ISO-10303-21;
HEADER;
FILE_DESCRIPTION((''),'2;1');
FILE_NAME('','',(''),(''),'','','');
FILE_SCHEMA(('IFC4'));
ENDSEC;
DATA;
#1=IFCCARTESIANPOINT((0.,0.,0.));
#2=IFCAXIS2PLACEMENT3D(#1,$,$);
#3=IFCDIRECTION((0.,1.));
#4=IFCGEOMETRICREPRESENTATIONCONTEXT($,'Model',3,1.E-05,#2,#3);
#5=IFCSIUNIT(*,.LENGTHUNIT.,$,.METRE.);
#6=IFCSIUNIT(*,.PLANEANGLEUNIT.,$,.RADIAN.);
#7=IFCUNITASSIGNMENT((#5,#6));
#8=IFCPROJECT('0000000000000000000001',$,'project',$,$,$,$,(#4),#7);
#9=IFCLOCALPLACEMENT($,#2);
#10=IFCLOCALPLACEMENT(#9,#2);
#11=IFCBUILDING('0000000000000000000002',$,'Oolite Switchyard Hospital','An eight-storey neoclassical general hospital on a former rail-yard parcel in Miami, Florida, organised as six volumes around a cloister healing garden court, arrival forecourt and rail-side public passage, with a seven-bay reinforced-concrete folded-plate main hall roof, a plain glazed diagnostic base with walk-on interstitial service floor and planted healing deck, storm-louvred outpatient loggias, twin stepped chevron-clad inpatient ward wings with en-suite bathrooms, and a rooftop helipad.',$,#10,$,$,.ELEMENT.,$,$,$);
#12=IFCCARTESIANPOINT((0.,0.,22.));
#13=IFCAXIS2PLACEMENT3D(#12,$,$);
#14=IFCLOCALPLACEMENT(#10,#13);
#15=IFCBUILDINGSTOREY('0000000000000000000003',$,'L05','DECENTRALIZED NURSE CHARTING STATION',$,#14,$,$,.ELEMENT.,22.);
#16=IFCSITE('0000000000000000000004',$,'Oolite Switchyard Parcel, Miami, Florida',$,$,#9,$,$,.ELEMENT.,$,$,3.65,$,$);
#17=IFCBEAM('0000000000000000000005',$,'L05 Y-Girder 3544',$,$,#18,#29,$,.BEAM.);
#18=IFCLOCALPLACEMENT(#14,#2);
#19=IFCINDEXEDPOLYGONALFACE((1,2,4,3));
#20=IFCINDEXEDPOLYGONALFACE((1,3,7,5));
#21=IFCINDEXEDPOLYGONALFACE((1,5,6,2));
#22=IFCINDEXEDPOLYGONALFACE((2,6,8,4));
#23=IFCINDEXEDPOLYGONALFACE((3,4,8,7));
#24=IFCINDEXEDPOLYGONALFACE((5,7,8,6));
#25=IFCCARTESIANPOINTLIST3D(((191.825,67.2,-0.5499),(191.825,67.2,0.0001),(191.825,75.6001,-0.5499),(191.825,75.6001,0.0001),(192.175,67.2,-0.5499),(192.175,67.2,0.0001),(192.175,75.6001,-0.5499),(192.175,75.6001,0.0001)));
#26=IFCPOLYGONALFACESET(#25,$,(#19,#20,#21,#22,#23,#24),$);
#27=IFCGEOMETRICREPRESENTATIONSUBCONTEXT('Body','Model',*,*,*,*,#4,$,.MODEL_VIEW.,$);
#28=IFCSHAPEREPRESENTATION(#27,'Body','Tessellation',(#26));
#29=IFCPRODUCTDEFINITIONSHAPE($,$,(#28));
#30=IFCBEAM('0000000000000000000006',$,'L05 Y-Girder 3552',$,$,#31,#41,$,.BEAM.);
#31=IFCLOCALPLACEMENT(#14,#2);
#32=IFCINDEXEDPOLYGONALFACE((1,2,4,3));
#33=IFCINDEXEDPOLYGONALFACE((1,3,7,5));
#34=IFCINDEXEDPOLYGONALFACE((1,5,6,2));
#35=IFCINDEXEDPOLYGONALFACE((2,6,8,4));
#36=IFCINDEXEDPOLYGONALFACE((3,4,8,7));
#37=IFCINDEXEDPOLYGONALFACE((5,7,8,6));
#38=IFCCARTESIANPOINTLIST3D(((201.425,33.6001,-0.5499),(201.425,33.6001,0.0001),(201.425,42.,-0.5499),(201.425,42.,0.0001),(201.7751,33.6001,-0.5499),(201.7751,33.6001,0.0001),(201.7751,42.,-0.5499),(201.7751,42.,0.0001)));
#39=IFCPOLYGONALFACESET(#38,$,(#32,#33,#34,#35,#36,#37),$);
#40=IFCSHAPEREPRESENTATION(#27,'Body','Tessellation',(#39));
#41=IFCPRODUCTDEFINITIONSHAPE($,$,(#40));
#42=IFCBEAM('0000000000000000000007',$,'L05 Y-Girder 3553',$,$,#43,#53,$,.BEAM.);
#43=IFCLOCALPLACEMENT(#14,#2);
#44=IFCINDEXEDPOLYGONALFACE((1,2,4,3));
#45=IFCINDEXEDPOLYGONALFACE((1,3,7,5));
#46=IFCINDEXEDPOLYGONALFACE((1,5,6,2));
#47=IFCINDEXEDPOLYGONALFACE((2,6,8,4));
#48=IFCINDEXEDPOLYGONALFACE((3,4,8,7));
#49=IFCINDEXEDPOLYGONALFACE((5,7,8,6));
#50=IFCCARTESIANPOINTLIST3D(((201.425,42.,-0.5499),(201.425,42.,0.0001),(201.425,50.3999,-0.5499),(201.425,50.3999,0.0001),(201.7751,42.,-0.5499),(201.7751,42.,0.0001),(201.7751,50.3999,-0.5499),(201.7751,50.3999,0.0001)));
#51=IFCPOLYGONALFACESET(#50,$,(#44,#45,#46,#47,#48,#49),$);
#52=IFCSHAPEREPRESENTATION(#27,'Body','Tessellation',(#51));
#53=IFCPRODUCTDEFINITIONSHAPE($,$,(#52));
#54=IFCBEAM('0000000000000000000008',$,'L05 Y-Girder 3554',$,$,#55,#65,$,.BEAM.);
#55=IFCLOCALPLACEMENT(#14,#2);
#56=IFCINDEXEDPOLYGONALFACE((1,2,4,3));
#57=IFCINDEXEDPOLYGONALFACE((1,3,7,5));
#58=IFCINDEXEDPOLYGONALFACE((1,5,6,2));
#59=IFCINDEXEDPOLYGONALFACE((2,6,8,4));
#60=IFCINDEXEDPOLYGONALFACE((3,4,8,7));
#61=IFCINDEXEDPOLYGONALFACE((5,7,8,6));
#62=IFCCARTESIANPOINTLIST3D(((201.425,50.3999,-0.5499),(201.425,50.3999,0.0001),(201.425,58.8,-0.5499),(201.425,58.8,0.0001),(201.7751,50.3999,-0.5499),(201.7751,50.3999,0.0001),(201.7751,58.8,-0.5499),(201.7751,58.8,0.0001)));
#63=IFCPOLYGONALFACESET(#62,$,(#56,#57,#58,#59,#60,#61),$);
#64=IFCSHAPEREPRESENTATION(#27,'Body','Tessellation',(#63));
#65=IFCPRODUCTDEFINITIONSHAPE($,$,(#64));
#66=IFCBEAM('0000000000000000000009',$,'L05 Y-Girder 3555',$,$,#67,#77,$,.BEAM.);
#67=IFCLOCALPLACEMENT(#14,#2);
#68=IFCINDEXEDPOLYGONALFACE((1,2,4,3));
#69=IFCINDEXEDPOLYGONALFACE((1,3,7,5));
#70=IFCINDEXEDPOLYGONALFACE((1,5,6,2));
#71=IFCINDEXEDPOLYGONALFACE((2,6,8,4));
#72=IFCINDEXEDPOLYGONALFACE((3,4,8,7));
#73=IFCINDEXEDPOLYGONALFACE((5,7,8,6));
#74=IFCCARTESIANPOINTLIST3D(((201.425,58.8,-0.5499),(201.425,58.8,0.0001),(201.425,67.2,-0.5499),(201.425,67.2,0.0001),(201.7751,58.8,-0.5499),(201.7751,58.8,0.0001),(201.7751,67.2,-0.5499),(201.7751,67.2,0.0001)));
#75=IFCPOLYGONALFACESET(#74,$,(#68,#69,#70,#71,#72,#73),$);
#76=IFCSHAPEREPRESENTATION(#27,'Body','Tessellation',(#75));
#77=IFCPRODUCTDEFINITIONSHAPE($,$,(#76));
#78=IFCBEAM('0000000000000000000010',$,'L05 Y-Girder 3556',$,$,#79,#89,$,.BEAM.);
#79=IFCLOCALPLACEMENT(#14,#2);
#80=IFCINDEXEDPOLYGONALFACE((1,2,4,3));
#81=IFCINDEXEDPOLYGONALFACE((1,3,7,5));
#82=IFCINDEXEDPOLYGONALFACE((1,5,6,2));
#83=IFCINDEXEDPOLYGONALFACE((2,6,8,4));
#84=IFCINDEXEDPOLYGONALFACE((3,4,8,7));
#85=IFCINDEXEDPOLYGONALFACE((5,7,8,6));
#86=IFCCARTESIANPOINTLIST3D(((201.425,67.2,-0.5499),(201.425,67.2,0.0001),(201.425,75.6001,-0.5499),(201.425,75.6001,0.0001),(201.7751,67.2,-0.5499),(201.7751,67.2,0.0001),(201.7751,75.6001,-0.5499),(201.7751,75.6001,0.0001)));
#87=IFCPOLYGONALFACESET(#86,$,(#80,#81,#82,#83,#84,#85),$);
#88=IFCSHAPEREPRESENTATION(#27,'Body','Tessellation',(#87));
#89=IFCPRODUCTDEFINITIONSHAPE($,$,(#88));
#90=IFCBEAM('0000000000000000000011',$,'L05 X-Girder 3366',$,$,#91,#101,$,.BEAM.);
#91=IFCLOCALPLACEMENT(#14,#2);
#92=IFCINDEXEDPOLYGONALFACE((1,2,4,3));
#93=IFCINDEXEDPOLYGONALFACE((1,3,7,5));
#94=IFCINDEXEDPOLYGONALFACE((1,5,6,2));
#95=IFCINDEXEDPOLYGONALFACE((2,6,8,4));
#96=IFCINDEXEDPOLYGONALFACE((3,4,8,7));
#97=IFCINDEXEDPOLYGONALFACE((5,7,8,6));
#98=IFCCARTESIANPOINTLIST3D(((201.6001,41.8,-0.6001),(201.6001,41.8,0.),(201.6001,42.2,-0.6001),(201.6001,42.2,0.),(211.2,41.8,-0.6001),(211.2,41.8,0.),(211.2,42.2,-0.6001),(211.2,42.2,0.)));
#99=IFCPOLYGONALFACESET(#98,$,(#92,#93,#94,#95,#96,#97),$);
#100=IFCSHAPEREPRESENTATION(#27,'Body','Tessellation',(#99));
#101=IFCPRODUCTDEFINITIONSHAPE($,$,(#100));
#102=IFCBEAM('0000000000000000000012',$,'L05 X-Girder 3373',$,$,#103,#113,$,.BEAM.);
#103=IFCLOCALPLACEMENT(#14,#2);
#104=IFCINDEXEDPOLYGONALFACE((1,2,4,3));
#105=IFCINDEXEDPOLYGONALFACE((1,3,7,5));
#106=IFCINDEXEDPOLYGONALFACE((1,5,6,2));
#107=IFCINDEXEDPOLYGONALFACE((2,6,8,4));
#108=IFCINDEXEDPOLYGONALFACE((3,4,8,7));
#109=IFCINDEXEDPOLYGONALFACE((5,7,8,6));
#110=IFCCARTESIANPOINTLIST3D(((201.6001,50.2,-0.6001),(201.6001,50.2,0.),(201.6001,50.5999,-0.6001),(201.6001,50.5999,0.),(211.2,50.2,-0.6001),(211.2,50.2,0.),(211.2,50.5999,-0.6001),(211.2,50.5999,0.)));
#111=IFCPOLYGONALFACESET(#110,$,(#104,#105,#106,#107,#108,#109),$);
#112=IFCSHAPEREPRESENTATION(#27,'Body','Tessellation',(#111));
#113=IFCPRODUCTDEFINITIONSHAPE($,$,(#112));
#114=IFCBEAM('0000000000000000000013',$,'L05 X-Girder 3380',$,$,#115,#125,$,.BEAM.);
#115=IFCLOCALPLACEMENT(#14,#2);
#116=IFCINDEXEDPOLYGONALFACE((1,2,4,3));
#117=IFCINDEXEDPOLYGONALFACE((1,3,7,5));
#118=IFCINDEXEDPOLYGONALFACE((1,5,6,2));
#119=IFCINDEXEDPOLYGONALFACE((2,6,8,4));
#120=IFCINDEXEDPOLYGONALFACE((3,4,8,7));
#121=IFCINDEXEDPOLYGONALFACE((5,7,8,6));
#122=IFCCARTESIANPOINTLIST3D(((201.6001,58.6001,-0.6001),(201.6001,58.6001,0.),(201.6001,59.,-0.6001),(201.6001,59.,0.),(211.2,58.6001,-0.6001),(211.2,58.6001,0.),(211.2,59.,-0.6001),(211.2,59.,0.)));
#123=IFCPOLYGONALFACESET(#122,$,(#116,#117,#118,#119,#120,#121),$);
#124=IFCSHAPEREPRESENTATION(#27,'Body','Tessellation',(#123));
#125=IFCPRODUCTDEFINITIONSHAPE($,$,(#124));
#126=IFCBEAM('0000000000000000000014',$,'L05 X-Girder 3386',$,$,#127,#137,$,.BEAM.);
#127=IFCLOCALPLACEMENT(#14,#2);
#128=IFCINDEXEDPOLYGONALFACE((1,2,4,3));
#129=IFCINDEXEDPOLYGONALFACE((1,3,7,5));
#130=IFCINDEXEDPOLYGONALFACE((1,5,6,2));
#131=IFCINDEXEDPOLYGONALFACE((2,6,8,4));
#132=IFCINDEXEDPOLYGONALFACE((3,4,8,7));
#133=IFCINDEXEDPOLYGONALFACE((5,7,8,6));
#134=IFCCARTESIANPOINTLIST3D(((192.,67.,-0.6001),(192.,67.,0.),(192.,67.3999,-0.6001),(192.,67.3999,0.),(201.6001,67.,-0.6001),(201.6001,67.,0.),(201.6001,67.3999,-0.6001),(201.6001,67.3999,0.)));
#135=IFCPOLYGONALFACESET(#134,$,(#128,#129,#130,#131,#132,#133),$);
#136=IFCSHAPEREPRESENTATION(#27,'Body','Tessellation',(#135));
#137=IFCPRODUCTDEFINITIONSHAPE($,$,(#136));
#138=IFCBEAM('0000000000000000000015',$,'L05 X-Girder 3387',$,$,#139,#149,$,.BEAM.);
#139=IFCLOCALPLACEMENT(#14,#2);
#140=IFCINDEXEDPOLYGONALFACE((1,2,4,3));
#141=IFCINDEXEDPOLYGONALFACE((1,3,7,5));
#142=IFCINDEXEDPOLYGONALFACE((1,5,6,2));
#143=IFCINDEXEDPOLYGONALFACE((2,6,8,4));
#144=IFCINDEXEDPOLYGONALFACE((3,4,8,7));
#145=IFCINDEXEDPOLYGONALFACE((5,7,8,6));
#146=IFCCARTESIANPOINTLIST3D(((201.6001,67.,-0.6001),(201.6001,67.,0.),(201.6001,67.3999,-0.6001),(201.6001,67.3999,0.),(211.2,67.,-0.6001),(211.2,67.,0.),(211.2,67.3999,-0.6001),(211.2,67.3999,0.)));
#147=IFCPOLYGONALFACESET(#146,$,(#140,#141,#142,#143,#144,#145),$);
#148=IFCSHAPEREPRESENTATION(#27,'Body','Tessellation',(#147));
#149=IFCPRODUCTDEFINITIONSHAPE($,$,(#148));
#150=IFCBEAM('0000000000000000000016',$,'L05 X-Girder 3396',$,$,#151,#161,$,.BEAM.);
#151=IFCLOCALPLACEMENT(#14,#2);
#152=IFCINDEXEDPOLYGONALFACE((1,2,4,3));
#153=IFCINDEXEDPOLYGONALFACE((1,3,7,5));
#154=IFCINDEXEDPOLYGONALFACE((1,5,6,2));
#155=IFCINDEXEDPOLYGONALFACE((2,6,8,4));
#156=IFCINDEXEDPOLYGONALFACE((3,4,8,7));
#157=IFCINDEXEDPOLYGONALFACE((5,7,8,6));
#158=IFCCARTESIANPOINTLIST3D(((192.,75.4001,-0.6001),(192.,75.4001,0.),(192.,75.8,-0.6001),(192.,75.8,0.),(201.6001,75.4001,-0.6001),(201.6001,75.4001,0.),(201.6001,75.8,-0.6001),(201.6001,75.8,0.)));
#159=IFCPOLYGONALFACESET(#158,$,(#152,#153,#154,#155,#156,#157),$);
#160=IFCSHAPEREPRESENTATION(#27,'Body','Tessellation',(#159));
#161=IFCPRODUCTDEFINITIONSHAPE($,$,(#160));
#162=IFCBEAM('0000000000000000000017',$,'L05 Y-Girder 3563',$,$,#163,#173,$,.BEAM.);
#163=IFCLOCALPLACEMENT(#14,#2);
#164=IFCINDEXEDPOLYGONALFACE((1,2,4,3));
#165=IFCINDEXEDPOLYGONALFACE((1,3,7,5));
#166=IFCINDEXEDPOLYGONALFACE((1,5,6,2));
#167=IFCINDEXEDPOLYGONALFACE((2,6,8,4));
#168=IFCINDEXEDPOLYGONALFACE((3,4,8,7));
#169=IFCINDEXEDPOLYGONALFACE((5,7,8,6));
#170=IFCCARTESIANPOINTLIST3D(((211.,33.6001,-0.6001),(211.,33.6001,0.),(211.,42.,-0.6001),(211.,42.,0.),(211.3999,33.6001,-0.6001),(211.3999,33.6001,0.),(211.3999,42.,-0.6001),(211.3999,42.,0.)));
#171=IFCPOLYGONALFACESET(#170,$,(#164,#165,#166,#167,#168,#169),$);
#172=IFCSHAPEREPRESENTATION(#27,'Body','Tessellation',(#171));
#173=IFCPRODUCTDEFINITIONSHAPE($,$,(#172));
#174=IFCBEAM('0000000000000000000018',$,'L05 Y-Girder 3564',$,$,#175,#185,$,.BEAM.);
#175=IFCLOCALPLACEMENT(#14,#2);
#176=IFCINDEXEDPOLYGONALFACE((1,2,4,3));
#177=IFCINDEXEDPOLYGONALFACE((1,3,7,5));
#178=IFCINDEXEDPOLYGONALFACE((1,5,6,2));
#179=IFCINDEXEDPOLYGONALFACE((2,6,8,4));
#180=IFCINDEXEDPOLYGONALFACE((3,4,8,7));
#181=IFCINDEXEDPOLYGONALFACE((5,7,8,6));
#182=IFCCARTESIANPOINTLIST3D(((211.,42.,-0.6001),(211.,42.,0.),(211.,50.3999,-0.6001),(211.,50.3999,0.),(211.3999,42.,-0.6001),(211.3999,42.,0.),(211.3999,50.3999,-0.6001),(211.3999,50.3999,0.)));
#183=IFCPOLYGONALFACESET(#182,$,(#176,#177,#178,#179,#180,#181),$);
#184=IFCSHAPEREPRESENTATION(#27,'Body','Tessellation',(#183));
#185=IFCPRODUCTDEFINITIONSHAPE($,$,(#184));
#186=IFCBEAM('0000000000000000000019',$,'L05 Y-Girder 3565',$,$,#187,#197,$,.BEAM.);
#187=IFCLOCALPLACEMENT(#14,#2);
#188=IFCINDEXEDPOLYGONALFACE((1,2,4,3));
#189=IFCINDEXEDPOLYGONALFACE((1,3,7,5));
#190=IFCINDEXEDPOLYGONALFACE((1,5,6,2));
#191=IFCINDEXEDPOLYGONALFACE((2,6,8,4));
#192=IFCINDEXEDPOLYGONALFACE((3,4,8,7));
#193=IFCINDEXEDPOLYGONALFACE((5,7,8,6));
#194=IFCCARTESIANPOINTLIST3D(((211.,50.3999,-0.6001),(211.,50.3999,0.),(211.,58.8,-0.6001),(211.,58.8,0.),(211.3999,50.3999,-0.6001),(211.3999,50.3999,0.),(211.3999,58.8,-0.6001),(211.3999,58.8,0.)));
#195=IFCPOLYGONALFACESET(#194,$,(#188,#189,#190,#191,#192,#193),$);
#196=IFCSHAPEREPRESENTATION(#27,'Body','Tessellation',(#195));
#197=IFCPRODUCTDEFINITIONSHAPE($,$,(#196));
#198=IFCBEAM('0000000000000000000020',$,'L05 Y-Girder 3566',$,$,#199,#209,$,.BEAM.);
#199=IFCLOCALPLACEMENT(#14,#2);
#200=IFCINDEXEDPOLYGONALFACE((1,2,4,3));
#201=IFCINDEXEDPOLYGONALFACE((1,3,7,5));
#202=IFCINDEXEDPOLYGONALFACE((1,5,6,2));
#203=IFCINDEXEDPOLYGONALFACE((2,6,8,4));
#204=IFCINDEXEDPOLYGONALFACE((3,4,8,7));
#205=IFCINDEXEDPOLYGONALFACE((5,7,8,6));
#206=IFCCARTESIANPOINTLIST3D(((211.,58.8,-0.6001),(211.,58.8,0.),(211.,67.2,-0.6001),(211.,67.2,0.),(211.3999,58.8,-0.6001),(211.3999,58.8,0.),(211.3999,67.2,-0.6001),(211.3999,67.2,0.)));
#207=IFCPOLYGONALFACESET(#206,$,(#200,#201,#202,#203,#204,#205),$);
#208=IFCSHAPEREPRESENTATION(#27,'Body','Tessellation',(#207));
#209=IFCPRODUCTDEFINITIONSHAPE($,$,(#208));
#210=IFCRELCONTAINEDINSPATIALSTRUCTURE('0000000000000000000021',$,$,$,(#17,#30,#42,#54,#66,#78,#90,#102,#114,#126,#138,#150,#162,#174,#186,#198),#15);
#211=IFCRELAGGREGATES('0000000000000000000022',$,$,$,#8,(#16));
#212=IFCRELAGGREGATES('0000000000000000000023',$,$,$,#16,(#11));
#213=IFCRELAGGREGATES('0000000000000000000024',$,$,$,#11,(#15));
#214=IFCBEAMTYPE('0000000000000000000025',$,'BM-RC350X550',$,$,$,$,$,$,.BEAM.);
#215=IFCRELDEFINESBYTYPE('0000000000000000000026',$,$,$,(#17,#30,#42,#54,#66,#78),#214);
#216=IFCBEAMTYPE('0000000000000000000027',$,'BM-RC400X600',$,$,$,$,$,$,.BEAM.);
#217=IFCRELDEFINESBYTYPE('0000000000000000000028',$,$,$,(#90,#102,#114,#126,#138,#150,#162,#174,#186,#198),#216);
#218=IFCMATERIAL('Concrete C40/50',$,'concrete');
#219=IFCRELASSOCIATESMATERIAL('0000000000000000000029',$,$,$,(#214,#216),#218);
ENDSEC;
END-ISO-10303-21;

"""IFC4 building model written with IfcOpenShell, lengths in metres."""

from ifc_helpers import new_model, si_unit, direction, frame, origin, origin_2d, place, context, subcontext, project, spatial, rectangle, extrude, material, material_profile, profile_set, type_object, element, save


model = new_model("IFC4")

# Units and contexts
model_context = context("Model", 3, precision=1e-05, world=origin(), true_north=direction((0.0, 1.0)))
body_context = subcontext(model_context, "Body", "Model", "MODEL_VIEW")
ifc_project = project(units=[si_unit("LENGTHUNIT", "METRE"), si_unit("PLANEANGLEUNIT", "RADIAN")], contexts=[model_context])

# Site, building, storey
site_placement = place(None, origin())
site = spatial("IfcSite", under=ifc_project, at=site_placement, Name="Oolite Switchyard Parcel, Miami, Florida", CompositionType="ELEMENT", RefElevation=3.65)
building_placement = place(site_placement, origin())
building = spatial("IfcBuilding", under=site, at=building_placement, Name="Oolite Switchyard Hospital", Description="An eight-storey neoclassical general hospital on a former rail-yard parcel in Miami, Florida, organised as six volumes around a cloister healing garden court, arrival forecourt and rail-side public passage, with a seven-bay reinforced-concrete folded-plate main hall roof, a plain glazed diagnostic base with walk-on interstitial service floor and planted healing deck, storm-louvred outpatient loggias, twin stepped chevron-clad inpatient ward wings with en-suite bathrooms, and a rooftop helipad.", CompositionType="ELEMENT")
storey_placement = place(building_placement, frame((0.0, 0.0, 22.0)))
storey = spatial("IfcBuildingStorey", under=building, at=storey_placement, Name="L05", Description="DECENTRALIZED NURSE CHARTING STATION", CompositionType="ELEMENT", Elevation=22.0)

# Beams
ifc_material_1 = material(Name="Concrete C40/50", Category="concrete")
ifc_material_profile_1 = material_profile(ifc_material_1, rectangle(XDim=0.3501, YDim=0.55, at=origin_2d()), Name="RCB350X550")
ifc_profile_set_1 = profile_set([ifc_material_profile_1], Name="Concrete C40/50")
beam_type_1 = type_object("IfcBeamType", Name="BM-RC350X550", PredefinedType="BEAM", material=ifc_profile_set_1)
beam_1_placement = place(storey_placement, frame((192.0, 67.2, -0.2749), z_axis=(0.0, 1.0, 0.0), x_axis=(-1.0, 0.0, 0.0)))
element("IfcBeam", 1, at=beam_1_placement, inside=storey, type_object=beam_type_1, Name="L05 Y-Girder 3544", PredefinedType="BEAM", context=body_context, shape_type="SweptSolid", body=[
    extrude(rectangle(XDim=0.3501, YDim=0.55, at=origin_2d()), origin(), (0.0, 0.0, 1.0), 8.4001),
])
for number, where, z_axis, x_axis, name in (
    (2, (201.6001, 33.6001, -0.2749), (0.0, 1.0, 0.0), (-1.0, 0.0, 0.0), "L05 Y-Girder 3552"),
    (3, (201.6001, 42.0, -0.2749), (0.0, 1.0, 0.0), (-1.0, 0.0, 0.0), "L05 Y-Girder 3553"),
):
    element("IfcBeam", number, at=place(storey_placement, frame(where, z_axis=z_axis, x_axis=x_axis)), inside=storey, type_object=beam_type_1, Name=name, PredefinedType="BEAM", context=body_context, shape_type="SweptSolid", body=[
        extrude(rectangle(XDim=0.3501, YDim=0.55, at=origin_2d()), origin(), (0.0, 0.0, 1.0), 8.3999),
    ])
beam_2_placement = place(storey_placement, frame((201.6001, 50.3999, -0.2749), z_axis=(0.0, 1.0, 0.0), x_axis=(-1.0, 0.0, 0.0)))
element("IfcBeam", 4, at=beam_2_placement, inside=storey, type_object=beam_type_1, Name="L05 Y-Girder 3554", PredefinedType="BEAM", context=body_context, shape_type="SweptSolid", body=[
    extrude(rectangle(XDim=0.3501, YDim=0.55, at=origin_2d()), origin(), (0.0, 0.0, 1.0), 8.4001),
])
beam_3_placement = place(storey_placement, frame((201.6001, 58.8, -0.2749), z_axis=(0.0, 1.0, 0.0), x_axis=(-1.0, 0.0, 0.0)))
element("IfcBeam", 5, at=beam_3_placement, inside=storey, type_object=beam_type_1, Name="L05 Y-Girder 3555", PredefinedType="BEAM", context=body_context, shape_type="SweptSolid", body=[
    extrude(rectangle(XDim=0.3501, YDim=0.55, at=origin_2d()), origin(), (0.0, 0.0, 1.0), 8.3999),
])
beam_4_placement = place(storey_placement, frame((201.6001, 67.2, -0.2749), z_axis=(0.0, 1.0, 0.0), x_axis=(-1.0, 0.0, 0.0)))
element("IfcBeam", 6, at=beam_4_placement, inside=storey, type_object=beam_type_1, Name="L05 Y-Girder 3556", PredefinedType="BEAM", context=body_context, shape_type="SweptSolid", body=[
    extrude(rectangle(XDim=0.3501, YDim=0.55, at=origin_2d()), origin(), (0.0, 0.0, 1.0), 8.4001),
])
ifc_material_profile_2 = material_profile(ifc_material_1, rectangle(XDim=0.3999, YDim=0.6001, at=origin_2d()), Name="RCB400X600")
ifc_profile_set_2 = profile_set([ifc_material_profile_2], Name="Concrete C40/50")
beam_type_2 = type_object("IfcBeamType", Name="BM-RC400X600", PredefinedType="BEAM", material=ifc_profile_set_2)
for number, where, z_axis, x_axis, name in (
    (7, (201.6001, 42.0, -0.3), (1.0, 0.0, 0.0), (0.0, 1.0, 0.0), "L05 X-Girder 3366"),
    (8, (201.6001, 50.3999, -0.3), (1.0, 0.0, 0.0), (0.0, 1.0, 0.0), "L05 X-Girder 3373"),
    (9, (201.6001, 58.8, -0.3), (1.0, 0.0, 0.0), (0.0, 1.0, 0.0), "L05 X-Girder 3380"),
):
    element("IfcBeam", number, at=place(storey_placement, frame(where, z_axis=z_axis, x_axis=x_axis)), inside=storey, type_object=beam_type_2, Name=name, PredefinedType="BEAM", context=body_context, shape_type="SweptSolid", body=[
        extrude(rectangle(XDim=0.3999, YDim=0.6001, at=origin_2d()), origin(), (0.0, 0.0, 1.0), 9.5999),
    ])
beam_5_placement = place(storey_placement, frame((192.0, 67.2, -0.3), z_axis=(1.0, 0.0, 0.0), x_axis=(0.0, 1.0, 0.0)))
element("IfcBeam", 10, at=beam_5_placement, inside=storey, type_object=beam_type_2, Name="L05 X-Girder 3386", PredefinedType="BEAM", context=body_context, shape_type="SweptSolid", body=[
    extrude(rectangle(XDim=0.3999, YDim=0.6001, at=origin_2d()), origin(), (0.0, 0.0, 1.0), 9.6001),
])
beam_6_placement = place(storey_placement, frame((201.6001, 67.2, -0.3), z_axis=(1.0, 0.0, 0.0), x_axis=(0.0, 1.0, 0.0)))
element("IfcBeam", 11, at=beam_6_placement, inside=storey, type_object=beam_type_2, Name="L05 X-Girder 3387", PredefinedType="BEAM", context=body_context, shape_type="SweptSolid", body=[
    extrude(rectangle(XDim=0.3999, YDim=0.6001, at=origin_2d()), origin(), (0.0, 0.0, 1.0), 9.5999),
])
beam_7_placement = place(storey_placement, frame((192.0, 75.6001, -0.3), z_axis=(1.0, 0.0, 0.0), x_axis=(0.0, 1.0, 0.0)))
element("IfcBeam", 12, at=beam_7_placement, inside=storey, type_object=beam_type_2, Name="L05 X-Girder 3396", PredefinedType="BEAM", context=body_context, shape_type="SweptSolid", body=[
    extrude(rectangle(XDim=0.3999, YDim=0.6001, at=origin_2d()), origin(), (0.0, 0.0, 1.0), 9.6001),
])
for number, where, z_axis, x_axis, name in (
    (13, (211.2, 33.6001, -0.3), (0.0, 1.0, 0.0), (-1.0, 0.0, 0.0), "L05 Y-Girder 3563"),
    (14, (211.2, 42.0, -0.3), (0.0, 1.0, 0.0), (-1.0, 0.0, 0.0), "L05 Y-Girder 3564"),
):
    element("IfcBeam", number, at=place(storey_placement, frame(where, z_axis=z_axis, x_axis=x_axis)), inside=storey, type_object=beam_type_2, Name=name, PredefinedType="BEAM", context=body_context, shape_type="SweptSolid", body=[
        extrude(rectangle(XDim=0.3999, YDim=0.6001, at=origin_2d()), origin(), (0.0, 0.0, 1.0), 8.3999),
    ])
beam_8_placement = place(storey_placement, frame((211.2, 50.3999, -0.3), z_axis=(0.0, 1.0, 0.0), x_axis=(-1.0, 0.0, 0.0)))
element("IfcBeam", 15, at=beam_8_placement, inside=storey, type_object=beam_type_2, Name="L05 Y-Girder 3565", PredefinedType="BEAM", context=body_context, shape_type="SweptSolid", body=[
    extrude(rectangle(XDim=0.3999, YDim=0.6001, at=origin_2d()), origin(), (0.0, 0.0, 1.0), 8.4001),
])
beam_9_placement = place(storey_placement, frame((211.2, 58.8, -0.3), z_axis=(0.0, 1.0, 0.0), x_axis=(-1.0, 0.0, 0.0)))
element("IfcBeam", 16, at=beam_9_placement, inside=storey, type_object=beam_type_2, Name="L05 Y-Girder 3566", PredefinedType="BEAM", context=body_context, shape_type="SweptSolid", body=[
    extrude(rectangle(XDim=0.3999, YDim=0.6001, at=origin_2d()), origin(), (0.0, 0.0, 1.0), 8.3999),
])

save(model, "model.ifc")
